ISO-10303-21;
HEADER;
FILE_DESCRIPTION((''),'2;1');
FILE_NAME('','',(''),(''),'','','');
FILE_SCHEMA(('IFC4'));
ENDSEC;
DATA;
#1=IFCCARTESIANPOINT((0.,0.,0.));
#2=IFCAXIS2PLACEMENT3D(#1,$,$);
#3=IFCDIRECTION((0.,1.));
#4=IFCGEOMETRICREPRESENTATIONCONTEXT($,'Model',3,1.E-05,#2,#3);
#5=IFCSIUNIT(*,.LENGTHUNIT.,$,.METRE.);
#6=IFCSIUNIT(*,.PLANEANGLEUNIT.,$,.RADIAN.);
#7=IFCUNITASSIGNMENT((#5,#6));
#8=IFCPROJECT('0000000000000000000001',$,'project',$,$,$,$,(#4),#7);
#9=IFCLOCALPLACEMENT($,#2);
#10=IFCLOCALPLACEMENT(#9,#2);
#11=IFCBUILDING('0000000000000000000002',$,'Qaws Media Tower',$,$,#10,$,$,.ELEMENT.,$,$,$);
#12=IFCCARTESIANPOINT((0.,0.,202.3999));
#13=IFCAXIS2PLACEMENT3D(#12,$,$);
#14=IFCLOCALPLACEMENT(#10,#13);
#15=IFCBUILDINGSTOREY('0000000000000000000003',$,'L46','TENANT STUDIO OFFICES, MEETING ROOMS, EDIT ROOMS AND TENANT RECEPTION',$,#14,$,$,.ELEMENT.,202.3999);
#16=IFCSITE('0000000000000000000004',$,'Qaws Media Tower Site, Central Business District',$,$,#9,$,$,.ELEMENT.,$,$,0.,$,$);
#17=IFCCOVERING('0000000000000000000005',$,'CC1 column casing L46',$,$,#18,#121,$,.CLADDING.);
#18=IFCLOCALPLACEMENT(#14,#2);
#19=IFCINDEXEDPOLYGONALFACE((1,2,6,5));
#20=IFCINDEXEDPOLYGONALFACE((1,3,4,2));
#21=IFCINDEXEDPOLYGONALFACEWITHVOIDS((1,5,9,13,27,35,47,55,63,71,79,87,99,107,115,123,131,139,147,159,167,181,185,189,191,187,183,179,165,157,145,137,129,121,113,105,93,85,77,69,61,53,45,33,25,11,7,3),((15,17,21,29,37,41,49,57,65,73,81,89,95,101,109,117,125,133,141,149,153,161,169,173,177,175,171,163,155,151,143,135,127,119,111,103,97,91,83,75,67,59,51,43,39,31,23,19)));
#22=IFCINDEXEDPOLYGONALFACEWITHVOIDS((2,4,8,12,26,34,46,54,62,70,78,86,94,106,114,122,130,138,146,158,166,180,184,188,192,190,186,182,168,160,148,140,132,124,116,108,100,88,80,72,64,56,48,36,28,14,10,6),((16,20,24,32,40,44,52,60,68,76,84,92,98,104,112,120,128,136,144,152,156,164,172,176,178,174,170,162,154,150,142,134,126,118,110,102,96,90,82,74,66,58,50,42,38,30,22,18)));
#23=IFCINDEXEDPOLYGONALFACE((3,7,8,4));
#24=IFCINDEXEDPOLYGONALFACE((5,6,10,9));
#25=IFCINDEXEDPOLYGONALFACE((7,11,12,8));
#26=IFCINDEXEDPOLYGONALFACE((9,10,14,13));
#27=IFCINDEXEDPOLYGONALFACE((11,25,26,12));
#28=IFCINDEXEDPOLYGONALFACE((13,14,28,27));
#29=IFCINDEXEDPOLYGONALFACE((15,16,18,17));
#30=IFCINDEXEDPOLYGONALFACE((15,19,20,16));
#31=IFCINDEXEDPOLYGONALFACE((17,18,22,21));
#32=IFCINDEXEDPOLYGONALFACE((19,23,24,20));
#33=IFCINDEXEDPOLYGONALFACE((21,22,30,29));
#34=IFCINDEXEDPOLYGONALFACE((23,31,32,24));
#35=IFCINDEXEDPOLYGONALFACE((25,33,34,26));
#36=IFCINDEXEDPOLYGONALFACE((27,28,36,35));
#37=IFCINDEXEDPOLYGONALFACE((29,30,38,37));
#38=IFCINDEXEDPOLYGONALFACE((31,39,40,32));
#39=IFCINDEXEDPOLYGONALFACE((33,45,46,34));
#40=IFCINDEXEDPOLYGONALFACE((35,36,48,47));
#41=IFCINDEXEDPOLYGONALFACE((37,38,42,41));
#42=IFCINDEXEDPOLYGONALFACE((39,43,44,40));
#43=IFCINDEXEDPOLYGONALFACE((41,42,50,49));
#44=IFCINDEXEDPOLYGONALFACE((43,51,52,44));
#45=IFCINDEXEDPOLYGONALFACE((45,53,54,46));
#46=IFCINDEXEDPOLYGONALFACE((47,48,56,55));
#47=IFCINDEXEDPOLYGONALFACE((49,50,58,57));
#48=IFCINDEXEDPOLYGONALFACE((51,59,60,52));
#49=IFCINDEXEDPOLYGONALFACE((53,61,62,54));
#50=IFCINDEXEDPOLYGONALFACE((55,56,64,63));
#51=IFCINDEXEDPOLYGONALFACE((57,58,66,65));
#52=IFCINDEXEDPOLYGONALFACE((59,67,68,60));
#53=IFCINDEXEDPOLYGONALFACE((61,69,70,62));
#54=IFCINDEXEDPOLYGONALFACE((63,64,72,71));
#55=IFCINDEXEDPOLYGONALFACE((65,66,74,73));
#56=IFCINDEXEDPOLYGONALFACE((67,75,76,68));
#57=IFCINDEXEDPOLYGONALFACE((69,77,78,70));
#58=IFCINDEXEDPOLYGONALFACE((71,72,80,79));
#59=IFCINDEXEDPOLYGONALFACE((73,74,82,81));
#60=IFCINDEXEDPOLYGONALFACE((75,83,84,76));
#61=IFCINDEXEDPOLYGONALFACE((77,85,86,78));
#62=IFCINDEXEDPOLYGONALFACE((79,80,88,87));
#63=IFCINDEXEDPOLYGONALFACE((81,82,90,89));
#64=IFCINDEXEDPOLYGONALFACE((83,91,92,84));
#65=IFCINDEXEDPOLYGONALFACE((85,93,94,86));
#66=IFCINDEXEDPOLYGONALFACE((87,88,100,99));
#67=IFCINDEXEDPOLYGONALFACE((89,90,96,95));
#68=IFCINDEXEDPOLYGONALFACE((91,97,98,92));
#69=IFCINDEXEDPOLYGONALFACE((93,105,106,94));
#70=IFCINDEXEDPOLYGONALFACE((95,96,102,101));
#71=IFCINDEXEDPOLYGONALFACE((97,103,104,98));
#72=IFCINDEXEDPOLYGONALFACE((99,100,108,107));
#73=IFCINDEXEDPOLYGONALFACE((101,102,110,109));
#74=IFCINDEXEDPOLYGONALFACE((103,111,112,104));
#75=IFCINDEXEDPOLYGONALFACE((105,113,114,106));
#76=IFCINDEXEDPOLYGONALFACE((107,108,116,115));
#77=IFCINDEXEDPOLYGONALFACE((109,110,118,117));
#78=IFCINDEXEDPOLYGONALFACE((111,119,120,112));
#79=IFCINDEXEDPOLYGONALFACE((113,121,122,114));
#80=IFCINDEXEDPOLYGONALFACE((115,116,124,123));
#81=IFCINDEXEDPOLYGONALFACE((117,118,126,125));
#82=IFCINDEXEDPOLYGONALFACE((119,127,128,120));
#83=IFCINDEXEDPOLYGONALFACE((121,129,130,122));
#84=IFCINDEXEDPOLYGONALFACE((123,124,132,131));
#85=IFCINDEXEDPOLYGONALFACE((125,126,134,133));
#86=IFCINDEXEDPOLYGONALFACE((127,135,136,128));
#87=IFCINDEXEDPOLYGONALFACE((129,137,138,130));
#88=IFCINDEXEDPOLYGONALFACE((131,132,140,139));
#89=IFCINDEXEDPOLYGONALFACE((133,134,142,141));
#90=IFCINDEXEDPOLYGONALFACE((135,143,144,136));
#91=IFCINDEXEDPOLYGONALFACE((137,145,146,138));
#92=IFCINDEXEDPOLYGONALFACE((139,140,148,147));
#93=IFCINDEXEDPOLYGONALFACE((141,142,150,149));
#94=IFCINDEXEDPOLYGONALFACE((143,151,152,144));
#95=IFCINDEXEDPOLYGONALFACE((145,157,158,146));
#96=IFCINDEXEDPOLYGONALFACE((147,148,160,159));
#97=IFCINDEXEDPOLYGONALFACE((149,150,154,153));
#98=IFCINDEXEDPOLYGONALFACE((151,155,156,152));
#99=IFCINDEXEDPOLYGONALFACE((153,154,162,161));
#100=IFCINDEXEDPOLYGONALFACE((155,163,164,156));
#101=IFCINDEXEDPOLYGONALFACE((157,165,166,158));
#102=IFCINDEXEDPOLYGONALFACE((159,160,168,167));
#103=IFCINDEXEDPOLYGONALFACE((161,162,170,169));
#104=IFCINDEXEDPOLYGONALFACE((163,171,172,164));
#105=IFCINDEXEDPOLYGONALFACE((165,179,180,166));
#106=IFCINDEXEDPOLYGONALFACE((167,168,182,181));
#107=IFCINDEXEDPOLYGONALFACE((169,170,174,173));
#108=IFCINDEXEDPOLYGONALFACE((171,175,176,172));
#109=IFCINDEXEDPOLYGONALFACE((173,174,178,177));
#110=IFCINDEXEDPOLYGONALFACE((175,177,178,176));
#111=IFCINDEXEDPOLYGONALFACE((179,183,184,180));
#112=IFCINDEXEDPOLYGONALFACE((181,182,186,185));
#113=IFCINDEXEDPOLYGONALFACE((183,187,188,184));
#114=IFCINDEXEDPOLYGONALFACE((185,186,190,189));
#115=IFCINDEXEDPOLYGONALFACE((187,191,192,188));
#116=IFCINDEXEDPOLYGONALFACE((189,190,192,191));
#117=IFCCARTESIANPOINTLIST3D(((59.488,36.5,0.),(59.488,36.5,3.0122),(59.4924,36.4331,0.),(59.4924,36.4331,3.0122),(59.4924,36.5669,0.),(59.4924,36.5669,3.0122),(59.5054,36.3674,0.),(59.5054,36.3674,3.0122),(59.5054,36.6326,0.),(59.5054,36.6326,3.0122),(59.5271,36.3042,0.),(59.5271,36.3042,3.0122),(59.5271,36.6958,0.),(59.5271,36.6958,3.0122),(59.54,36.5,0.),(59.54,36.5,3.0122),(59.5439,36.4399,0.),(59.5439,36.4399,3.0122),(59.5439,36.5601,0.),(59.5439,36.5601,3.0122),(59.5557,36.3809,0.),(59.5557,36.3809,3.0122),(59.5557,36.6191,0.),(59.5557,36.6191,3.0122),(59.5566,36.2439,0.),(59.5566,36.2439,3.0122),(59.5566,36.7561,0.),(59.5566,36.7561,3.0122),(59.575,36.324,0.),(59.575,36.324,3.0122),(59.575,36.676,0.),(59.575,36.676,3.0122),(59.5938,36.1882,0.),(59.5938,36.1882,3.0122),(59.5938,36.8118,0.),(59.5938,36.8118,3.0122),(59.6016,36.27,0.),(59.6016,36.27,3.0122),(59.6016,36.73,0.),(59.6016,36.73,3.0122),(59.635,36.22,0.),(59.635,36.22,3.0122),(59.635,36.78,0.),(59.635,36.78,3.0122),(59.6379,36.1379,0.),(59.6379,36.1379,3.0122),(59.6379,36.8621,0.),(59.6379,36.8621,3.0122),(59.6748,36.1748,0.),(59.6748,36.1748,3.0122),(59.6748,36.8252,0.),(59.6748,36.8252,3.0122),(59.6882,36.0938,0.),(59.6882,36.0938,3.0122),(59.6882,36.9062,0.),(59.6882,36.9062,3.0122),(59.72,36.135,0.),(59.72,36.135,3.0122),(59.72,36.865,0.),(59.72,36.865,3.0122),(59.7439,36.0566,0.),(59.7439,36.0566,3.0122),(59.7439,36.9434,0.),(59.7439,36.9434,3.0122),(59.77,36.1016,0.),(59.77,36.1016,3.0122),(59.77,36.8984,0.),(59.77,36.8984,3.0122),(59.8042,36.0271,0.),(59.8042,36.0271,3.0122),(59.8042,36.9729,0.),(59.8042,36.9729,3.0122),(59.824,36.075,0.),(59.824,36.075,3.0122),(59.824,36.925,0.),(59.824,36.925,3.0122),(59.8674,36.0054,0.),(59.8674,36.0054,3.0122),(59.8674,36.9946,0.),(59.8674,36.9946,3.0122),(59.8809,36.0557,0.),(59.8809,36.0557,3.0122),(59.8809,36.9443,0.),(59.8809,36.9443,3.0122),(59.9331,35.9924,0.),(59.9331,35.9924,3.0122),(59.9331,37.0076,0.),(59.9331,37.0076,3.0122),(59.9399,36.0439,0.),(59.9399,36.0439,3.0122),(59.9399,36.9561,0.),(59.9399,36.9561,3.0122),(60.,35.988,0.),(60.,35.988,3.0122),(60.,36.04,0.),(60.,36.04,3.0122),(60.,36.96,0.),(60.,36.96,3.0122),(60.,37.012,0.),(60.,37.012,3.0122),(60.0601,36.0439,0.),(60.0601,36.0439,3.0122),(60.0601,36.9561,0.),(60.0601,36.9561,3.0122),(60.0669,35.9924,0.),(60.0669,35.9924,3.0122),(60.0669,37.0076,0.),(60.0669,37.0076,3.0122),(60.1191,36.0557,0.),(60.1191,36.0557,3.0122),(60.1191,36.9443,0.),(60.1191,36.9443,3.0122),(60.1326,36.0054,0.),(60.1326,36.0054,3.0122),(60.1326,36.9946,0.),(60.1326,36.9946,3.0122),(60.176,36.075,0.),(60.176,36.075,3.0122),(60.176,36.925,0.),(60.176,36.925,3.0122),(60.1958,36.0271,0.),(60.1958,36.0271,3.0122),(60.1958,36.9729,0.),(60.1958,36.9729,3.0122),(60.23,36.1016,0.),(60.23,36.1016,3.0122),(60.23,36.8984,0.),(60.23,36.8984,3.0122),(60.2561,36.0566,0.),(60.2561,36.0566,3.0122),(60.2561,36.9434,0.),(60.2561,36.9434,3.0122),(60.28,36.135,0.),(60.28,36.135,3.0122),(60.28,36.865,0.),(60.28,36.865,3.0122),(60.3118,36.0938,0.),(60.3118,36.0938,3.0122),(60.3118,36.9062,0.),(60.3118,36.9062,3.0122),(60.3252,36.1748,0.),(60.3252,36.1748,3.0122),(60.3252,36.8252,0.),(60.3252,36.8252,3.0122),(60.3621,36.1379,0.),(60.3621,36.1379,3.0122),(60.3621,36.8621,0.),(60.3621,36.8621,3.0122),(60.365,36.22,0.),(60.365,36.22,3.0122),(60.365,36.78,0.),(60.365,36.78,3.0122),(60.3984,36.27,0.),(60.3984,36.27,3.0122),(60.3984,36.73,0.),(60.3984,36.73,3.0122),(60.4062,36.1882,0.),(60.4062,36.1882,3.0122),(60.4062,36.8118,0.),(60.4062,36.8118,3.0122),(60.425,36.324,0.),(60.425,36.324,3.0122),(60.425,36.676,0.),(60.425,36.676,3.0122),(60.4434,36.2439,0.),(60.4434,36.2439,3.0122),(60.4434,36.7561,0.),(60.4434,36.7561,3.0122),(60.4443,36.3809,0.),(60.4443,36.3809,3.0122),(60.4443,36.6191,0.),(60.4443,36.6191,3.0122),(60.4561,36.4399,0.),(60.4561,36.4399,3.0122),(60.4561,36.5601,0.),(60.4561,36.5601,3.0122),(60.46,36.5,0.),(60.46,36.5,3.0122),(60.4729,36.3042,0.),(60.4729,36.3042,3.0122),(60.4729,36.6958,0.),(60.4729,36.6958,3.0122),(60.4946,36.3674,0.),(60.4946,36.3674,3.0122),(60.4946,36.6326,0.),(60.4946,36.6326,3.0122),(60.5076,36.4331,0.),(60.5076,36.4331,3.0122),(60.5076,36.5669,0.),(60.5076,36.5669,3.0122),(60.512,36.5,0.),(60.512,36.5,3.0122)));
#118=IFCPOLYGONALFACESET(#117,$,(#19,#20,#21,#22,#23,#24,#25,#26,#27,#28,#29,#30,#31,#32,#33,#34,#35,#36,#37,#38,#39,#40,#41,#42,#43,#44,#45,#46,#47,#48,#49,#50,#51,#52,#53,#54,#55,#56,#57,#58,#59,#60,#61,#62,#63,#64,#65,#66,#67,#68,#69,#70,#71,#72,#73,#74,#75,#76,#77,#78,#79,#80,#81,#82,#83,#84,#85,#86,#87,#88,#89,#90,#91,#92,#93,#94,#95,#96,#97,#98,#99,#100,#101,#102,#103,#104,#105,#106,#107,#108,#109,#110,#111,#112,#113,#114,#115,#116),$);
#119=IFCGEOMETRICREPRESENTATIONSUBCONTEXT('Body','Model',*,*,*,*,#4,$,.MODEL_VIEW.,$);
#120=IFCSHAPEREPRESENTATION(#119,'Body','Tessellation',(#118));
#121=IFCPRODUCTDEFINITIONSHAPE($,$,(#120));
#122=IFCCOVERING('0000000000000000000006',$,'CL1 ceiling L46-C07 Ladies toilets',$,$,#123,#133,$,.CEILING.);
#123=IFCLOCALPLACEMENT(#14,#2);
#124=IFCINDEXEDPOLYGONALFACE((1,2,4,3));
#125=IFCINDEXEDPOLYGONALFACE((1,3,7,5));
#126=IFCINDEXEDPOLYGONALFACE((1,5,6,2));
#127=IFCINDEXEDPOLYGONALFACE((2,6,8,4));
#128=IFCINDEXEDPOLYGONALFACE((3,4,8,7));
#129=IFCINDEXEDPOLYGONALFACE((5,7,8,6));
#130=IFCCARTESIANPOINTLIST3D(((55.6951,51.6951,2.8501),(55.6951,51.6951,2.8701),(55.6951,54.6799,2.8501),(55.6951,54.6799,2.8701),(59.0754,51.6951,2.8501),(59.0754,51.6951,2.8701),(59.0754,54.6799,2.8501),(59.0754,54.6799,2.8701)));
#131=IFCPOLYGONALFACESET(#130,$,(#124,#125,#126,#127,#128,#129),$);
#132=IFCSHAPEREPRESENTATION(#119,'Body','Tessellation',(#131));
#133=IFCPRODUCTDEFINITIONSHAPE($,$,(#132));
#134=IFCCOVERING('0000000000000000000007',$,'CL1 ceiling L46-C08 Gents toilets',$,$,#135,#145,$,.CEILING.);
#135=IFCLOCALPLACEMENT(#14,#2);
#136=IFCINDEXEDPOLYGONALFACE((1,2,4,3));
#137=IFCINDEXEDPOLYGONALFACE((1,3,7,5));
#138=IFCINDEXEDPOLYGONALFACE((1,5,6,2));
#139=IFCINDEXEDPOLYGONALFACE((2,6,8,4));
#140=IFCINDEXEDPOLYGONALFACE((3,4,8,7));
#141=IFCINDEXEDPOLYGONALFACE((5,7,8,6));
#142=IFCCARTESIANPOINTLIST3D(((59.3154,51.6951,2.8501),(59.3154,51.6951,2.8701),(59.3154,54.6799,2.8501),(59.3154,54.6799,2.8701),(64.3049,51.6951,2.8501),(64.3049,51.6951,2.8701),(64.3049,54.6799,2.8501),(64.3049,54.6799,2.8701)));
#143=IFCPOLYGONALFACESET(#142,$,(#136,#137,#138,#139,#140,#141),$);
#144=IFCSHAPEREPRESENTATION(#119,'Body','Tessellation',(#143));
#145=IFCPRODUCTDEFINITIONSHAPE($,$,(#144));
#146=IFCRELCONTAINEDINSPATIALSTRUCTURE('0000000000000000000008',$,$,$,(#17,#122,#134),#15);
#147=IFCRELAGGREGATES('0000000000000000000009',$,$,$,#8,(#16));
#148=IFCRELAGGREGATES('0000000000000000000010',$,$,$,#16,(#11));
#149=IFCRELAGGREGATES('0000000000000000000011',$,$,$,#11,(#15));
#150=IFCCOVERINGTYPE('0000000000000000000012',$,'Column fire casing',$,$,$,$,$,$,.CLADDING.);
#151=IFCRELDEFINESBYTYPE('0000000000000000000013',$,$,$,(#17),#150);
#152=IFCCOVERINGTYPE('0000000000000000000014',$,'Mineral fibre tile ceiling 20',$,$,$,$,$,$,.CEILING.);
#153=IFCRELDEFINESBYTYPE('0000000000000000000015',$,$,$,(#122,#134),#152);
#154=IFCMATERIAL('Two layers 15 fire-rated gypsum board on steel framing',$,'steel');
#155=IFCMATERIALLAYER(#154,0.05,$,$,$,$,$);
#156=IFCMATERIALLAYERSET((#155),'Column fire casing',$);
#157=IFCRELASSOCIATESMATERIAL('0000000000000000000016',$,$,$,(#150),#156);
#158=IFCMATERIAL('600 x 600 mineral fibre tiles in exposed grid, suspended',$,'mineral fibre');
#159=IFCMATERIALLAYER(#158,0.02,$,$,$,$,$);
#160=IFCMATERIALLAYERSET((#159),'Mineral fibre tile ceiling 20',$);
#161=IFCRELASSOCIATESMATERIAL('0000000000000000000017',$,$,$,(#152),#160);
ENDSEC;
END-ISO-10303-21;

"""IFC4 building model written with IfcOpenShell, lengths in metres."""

from ifc_helpers import new_model, si_unit, direction, frame, origin, place, context, subcontext, project, spatial, polyline, outline, extrude, material, layer, layer_set, type_object, element, save


model = new_model("IFC4")

# Units and contexts
model_context = context("Model", 3, precision=1e-05, world=origin(), true_north=direction((0.0, 1.0)))
body_context = subcontext(model_context, "Body", "Model", "MODEL_VIEW")
ifc_project = project(units=[si_unit("LENGTHUNIT", "METRE"), si_unit("PLANEANGLEUNIT", "RADIAN")], contexts=[model_context])

# Site, building, storey
site_placement = place(None, origin())
site = spatial("IfcSite", under=ifc_project, at=site_placement, Name="Qaws Media Tower Site, Central Business District", CompositionType="ELEMENT", RefElevation=0.0)
building_placement = place(site_placement, origin())
building = spatial("IfcBuilding", under=site, at=building_placement, Name="Qaws Media Tower", CompositionType="ELEMENT")
storey_placement = place(building_placement, frame((0.0, 0.0, 202.3999)))
storey = spatial("IfcBuildingStorey", under=building, at=storey_placement, Name="L46", Description="TENANT STUDIO OFFICES, MEETING ROOMS, EDIT ROOMS AND TENANT RECEPTION", CompositionType="ELEMENT", Elevation=202.3999)

# Coverings
ifc_material_1 = material(Name="Two layers 15 fire-rated gypsum board on steel framing", Category="steel")
ifc_layer_1 = layer(ifc_material_1, 0.05)
ifc_layer_set_1 = layer_set([ifc_layer_1], Name="Column fire casing")
covering_type_1 = type_object("IfcCoveringType", Name="Column fire casing", PredefinedType="CLADDING", material=ifc_layer_set_1)
covering_1_placement = place(storey_placement, origin())
element("IfcCovering", 1, at=covering_1_placement, inside=storey, type_object=covering_type_1, Name="CC1 column casing L46", PredefinedType="CLADDING", context=body_context, shape_type="SweptSolid", body=[
    extrude(outline(polyline([(60.512, 36.5), (60.5076, 36.4331), (60.4946, 36.3674), (60.4729, 36.3042), (60.4434, 36.2439), (60.4062, 36.1882), (60.3621, 36.1379), (60.3118, 36.0938), (60.2561, 36.0566), (60.1958, 36.0271), (60.1326, 36.0054), (60.0669, 35.9924), (60.0, 35.988), (59.9331, 35.9924), (59.8674, 36.0054), (59.8042, 36.0271), (59.7439, 36.0566), (59.6882, 36.0938), (59.6379, 36.1379), (59.5938, 36.1882), (59.5566, 36.2439), (59.5271, 36.3042), (59.5054, 36.3674), (59.4924, 36.4331), (59.488, 36.5), (59.4924, 36.5669), (59.5054, 36.6326), (59.5271, 36.6958), (59.5566, 36.7561), (59.5938, 36.8118), (59.6379, 36.8621), (59.6882, 36.9062), (59.7439, 36.9434), (59.8042, 36.9729), (59.8674, 36.9946), (59.9331, 37.0076), (60.0, 37.012), (60.0669, 37.0076), (60.1326, 36.9946), (60.1958, 36.9729), (60.2561, 36.9434), (60.3118, 36.9062), (60.3621, 36.8621), (60.4062, 36.8118), (60.4434, 36.7561), (60.4729, 36.6958), (60.4946, 36.6326), (60.5076, 36.5669), (60.512, 36.5)]), holes=[polyline([(60.46, 36.5), (60.4561, 36.4399), (60.4443, 36.3809), (60.425, 36.324), (60.3984, 36.27), (60.365, 36.22), (60.3252, 36.1748), (60.28, 36.135), (60.23, 36.1016), (60.176, 36.075), (60.1191, 36.0557), (60.0601, 36.0439), (60.0, 36.04), (59.9399, 36.0439), (59.8809, 36.0557), (59.824, 36.075), (59.77, 36.1016), (59.72, 36.135), (59.6748, 36.1748), (59.635, 36.22), (59.6016, 36.27), (59.575, 36.324), (59.5557, 36.3809), (59.5439, 36.4399), (59.54, 36.5), (59.5439, 36.5601), (59.5557, 36.6191), (59.575, 36.676), (59.6016, 36.73), (59.635, 36.78), (59.6748, 36.8252), (59.72, 36.865), (59.77, 36.8984), (59.824, 36.925), (59.8809, 36.9443), (59.9399, 36.9561), (60.0, 36.96), (60.0601, 36.9561), (60.1191, 36.9443), (60.176, 36.925), (60.23, 36.8984), (60.28, 36.865), (60.3252, 36.8252), (60.365, 36.78), (60.3984, 36.73), (60.425, 36.676), (60.4443, 36.6191), (60.4561, 36.5601), (60.46, 36.5)])]), origin(), (0.0, 0.0, 1.0), 3.0122),
])
ifc_material_2 = material(Name="600 x 600 mineral fibre tiles in exposed grid, suspended", Category="mineral fibre")
ifc_layer_2 = layer(ifc_material_2, 0.02)
ifc_layer_set_2 = layer_set([ifc_layer_2], Name="Mineral fibre tile ceiling 20")
covering_type_2 = type_object("IfcCoveringType", Name="Mineral fibre tile ceiling 20", PredefinedType="CEILING", material=ifc_layer_set_2)
covering_2_placement = place(storey_placement, frame((0.0, 0.0, 2.8501)))
element("IfcCovering", 2, at=covering_2_placement, inside=storey, type_object=covering_type_2, Name="CL1 ceiling L46-C07 Ladies toilets", PredefinedType="CEILING", context=body_context, shape_type="SweptSolid", body=[
    extrude(outline(polyline([(55.6951, 51.6951), (55.6951, 54.6799), (59.0754, 54.6799), (59.0754, 51.6951), (55.6951, 51.6951)])), origin(), (0.0, 0.0, 1.0), 0.02),
])
covering_3_placement = place(storey_placement, frame((0.0, 0.0, 2.8501)))
element("IfcCovering", 3, at=covering_3_placement, inside=storey, type_object=covering_type_2, Name="CL1 ceiling L46-C08 Gents toilets", PredefinedType="CEILING", context=body_context, shape_type="SweptSolid", body=[
    extrude(outline(polyline([(59.3154, 51.6951), (59.3154, 54.6799), (64.3049, 54.6799), (64.3049, 51.6951), (59.3154, 51.6951)])), origin(), (0.0, 0.0, 1.0), 0.02),
])

save(model, "model.ifc")
